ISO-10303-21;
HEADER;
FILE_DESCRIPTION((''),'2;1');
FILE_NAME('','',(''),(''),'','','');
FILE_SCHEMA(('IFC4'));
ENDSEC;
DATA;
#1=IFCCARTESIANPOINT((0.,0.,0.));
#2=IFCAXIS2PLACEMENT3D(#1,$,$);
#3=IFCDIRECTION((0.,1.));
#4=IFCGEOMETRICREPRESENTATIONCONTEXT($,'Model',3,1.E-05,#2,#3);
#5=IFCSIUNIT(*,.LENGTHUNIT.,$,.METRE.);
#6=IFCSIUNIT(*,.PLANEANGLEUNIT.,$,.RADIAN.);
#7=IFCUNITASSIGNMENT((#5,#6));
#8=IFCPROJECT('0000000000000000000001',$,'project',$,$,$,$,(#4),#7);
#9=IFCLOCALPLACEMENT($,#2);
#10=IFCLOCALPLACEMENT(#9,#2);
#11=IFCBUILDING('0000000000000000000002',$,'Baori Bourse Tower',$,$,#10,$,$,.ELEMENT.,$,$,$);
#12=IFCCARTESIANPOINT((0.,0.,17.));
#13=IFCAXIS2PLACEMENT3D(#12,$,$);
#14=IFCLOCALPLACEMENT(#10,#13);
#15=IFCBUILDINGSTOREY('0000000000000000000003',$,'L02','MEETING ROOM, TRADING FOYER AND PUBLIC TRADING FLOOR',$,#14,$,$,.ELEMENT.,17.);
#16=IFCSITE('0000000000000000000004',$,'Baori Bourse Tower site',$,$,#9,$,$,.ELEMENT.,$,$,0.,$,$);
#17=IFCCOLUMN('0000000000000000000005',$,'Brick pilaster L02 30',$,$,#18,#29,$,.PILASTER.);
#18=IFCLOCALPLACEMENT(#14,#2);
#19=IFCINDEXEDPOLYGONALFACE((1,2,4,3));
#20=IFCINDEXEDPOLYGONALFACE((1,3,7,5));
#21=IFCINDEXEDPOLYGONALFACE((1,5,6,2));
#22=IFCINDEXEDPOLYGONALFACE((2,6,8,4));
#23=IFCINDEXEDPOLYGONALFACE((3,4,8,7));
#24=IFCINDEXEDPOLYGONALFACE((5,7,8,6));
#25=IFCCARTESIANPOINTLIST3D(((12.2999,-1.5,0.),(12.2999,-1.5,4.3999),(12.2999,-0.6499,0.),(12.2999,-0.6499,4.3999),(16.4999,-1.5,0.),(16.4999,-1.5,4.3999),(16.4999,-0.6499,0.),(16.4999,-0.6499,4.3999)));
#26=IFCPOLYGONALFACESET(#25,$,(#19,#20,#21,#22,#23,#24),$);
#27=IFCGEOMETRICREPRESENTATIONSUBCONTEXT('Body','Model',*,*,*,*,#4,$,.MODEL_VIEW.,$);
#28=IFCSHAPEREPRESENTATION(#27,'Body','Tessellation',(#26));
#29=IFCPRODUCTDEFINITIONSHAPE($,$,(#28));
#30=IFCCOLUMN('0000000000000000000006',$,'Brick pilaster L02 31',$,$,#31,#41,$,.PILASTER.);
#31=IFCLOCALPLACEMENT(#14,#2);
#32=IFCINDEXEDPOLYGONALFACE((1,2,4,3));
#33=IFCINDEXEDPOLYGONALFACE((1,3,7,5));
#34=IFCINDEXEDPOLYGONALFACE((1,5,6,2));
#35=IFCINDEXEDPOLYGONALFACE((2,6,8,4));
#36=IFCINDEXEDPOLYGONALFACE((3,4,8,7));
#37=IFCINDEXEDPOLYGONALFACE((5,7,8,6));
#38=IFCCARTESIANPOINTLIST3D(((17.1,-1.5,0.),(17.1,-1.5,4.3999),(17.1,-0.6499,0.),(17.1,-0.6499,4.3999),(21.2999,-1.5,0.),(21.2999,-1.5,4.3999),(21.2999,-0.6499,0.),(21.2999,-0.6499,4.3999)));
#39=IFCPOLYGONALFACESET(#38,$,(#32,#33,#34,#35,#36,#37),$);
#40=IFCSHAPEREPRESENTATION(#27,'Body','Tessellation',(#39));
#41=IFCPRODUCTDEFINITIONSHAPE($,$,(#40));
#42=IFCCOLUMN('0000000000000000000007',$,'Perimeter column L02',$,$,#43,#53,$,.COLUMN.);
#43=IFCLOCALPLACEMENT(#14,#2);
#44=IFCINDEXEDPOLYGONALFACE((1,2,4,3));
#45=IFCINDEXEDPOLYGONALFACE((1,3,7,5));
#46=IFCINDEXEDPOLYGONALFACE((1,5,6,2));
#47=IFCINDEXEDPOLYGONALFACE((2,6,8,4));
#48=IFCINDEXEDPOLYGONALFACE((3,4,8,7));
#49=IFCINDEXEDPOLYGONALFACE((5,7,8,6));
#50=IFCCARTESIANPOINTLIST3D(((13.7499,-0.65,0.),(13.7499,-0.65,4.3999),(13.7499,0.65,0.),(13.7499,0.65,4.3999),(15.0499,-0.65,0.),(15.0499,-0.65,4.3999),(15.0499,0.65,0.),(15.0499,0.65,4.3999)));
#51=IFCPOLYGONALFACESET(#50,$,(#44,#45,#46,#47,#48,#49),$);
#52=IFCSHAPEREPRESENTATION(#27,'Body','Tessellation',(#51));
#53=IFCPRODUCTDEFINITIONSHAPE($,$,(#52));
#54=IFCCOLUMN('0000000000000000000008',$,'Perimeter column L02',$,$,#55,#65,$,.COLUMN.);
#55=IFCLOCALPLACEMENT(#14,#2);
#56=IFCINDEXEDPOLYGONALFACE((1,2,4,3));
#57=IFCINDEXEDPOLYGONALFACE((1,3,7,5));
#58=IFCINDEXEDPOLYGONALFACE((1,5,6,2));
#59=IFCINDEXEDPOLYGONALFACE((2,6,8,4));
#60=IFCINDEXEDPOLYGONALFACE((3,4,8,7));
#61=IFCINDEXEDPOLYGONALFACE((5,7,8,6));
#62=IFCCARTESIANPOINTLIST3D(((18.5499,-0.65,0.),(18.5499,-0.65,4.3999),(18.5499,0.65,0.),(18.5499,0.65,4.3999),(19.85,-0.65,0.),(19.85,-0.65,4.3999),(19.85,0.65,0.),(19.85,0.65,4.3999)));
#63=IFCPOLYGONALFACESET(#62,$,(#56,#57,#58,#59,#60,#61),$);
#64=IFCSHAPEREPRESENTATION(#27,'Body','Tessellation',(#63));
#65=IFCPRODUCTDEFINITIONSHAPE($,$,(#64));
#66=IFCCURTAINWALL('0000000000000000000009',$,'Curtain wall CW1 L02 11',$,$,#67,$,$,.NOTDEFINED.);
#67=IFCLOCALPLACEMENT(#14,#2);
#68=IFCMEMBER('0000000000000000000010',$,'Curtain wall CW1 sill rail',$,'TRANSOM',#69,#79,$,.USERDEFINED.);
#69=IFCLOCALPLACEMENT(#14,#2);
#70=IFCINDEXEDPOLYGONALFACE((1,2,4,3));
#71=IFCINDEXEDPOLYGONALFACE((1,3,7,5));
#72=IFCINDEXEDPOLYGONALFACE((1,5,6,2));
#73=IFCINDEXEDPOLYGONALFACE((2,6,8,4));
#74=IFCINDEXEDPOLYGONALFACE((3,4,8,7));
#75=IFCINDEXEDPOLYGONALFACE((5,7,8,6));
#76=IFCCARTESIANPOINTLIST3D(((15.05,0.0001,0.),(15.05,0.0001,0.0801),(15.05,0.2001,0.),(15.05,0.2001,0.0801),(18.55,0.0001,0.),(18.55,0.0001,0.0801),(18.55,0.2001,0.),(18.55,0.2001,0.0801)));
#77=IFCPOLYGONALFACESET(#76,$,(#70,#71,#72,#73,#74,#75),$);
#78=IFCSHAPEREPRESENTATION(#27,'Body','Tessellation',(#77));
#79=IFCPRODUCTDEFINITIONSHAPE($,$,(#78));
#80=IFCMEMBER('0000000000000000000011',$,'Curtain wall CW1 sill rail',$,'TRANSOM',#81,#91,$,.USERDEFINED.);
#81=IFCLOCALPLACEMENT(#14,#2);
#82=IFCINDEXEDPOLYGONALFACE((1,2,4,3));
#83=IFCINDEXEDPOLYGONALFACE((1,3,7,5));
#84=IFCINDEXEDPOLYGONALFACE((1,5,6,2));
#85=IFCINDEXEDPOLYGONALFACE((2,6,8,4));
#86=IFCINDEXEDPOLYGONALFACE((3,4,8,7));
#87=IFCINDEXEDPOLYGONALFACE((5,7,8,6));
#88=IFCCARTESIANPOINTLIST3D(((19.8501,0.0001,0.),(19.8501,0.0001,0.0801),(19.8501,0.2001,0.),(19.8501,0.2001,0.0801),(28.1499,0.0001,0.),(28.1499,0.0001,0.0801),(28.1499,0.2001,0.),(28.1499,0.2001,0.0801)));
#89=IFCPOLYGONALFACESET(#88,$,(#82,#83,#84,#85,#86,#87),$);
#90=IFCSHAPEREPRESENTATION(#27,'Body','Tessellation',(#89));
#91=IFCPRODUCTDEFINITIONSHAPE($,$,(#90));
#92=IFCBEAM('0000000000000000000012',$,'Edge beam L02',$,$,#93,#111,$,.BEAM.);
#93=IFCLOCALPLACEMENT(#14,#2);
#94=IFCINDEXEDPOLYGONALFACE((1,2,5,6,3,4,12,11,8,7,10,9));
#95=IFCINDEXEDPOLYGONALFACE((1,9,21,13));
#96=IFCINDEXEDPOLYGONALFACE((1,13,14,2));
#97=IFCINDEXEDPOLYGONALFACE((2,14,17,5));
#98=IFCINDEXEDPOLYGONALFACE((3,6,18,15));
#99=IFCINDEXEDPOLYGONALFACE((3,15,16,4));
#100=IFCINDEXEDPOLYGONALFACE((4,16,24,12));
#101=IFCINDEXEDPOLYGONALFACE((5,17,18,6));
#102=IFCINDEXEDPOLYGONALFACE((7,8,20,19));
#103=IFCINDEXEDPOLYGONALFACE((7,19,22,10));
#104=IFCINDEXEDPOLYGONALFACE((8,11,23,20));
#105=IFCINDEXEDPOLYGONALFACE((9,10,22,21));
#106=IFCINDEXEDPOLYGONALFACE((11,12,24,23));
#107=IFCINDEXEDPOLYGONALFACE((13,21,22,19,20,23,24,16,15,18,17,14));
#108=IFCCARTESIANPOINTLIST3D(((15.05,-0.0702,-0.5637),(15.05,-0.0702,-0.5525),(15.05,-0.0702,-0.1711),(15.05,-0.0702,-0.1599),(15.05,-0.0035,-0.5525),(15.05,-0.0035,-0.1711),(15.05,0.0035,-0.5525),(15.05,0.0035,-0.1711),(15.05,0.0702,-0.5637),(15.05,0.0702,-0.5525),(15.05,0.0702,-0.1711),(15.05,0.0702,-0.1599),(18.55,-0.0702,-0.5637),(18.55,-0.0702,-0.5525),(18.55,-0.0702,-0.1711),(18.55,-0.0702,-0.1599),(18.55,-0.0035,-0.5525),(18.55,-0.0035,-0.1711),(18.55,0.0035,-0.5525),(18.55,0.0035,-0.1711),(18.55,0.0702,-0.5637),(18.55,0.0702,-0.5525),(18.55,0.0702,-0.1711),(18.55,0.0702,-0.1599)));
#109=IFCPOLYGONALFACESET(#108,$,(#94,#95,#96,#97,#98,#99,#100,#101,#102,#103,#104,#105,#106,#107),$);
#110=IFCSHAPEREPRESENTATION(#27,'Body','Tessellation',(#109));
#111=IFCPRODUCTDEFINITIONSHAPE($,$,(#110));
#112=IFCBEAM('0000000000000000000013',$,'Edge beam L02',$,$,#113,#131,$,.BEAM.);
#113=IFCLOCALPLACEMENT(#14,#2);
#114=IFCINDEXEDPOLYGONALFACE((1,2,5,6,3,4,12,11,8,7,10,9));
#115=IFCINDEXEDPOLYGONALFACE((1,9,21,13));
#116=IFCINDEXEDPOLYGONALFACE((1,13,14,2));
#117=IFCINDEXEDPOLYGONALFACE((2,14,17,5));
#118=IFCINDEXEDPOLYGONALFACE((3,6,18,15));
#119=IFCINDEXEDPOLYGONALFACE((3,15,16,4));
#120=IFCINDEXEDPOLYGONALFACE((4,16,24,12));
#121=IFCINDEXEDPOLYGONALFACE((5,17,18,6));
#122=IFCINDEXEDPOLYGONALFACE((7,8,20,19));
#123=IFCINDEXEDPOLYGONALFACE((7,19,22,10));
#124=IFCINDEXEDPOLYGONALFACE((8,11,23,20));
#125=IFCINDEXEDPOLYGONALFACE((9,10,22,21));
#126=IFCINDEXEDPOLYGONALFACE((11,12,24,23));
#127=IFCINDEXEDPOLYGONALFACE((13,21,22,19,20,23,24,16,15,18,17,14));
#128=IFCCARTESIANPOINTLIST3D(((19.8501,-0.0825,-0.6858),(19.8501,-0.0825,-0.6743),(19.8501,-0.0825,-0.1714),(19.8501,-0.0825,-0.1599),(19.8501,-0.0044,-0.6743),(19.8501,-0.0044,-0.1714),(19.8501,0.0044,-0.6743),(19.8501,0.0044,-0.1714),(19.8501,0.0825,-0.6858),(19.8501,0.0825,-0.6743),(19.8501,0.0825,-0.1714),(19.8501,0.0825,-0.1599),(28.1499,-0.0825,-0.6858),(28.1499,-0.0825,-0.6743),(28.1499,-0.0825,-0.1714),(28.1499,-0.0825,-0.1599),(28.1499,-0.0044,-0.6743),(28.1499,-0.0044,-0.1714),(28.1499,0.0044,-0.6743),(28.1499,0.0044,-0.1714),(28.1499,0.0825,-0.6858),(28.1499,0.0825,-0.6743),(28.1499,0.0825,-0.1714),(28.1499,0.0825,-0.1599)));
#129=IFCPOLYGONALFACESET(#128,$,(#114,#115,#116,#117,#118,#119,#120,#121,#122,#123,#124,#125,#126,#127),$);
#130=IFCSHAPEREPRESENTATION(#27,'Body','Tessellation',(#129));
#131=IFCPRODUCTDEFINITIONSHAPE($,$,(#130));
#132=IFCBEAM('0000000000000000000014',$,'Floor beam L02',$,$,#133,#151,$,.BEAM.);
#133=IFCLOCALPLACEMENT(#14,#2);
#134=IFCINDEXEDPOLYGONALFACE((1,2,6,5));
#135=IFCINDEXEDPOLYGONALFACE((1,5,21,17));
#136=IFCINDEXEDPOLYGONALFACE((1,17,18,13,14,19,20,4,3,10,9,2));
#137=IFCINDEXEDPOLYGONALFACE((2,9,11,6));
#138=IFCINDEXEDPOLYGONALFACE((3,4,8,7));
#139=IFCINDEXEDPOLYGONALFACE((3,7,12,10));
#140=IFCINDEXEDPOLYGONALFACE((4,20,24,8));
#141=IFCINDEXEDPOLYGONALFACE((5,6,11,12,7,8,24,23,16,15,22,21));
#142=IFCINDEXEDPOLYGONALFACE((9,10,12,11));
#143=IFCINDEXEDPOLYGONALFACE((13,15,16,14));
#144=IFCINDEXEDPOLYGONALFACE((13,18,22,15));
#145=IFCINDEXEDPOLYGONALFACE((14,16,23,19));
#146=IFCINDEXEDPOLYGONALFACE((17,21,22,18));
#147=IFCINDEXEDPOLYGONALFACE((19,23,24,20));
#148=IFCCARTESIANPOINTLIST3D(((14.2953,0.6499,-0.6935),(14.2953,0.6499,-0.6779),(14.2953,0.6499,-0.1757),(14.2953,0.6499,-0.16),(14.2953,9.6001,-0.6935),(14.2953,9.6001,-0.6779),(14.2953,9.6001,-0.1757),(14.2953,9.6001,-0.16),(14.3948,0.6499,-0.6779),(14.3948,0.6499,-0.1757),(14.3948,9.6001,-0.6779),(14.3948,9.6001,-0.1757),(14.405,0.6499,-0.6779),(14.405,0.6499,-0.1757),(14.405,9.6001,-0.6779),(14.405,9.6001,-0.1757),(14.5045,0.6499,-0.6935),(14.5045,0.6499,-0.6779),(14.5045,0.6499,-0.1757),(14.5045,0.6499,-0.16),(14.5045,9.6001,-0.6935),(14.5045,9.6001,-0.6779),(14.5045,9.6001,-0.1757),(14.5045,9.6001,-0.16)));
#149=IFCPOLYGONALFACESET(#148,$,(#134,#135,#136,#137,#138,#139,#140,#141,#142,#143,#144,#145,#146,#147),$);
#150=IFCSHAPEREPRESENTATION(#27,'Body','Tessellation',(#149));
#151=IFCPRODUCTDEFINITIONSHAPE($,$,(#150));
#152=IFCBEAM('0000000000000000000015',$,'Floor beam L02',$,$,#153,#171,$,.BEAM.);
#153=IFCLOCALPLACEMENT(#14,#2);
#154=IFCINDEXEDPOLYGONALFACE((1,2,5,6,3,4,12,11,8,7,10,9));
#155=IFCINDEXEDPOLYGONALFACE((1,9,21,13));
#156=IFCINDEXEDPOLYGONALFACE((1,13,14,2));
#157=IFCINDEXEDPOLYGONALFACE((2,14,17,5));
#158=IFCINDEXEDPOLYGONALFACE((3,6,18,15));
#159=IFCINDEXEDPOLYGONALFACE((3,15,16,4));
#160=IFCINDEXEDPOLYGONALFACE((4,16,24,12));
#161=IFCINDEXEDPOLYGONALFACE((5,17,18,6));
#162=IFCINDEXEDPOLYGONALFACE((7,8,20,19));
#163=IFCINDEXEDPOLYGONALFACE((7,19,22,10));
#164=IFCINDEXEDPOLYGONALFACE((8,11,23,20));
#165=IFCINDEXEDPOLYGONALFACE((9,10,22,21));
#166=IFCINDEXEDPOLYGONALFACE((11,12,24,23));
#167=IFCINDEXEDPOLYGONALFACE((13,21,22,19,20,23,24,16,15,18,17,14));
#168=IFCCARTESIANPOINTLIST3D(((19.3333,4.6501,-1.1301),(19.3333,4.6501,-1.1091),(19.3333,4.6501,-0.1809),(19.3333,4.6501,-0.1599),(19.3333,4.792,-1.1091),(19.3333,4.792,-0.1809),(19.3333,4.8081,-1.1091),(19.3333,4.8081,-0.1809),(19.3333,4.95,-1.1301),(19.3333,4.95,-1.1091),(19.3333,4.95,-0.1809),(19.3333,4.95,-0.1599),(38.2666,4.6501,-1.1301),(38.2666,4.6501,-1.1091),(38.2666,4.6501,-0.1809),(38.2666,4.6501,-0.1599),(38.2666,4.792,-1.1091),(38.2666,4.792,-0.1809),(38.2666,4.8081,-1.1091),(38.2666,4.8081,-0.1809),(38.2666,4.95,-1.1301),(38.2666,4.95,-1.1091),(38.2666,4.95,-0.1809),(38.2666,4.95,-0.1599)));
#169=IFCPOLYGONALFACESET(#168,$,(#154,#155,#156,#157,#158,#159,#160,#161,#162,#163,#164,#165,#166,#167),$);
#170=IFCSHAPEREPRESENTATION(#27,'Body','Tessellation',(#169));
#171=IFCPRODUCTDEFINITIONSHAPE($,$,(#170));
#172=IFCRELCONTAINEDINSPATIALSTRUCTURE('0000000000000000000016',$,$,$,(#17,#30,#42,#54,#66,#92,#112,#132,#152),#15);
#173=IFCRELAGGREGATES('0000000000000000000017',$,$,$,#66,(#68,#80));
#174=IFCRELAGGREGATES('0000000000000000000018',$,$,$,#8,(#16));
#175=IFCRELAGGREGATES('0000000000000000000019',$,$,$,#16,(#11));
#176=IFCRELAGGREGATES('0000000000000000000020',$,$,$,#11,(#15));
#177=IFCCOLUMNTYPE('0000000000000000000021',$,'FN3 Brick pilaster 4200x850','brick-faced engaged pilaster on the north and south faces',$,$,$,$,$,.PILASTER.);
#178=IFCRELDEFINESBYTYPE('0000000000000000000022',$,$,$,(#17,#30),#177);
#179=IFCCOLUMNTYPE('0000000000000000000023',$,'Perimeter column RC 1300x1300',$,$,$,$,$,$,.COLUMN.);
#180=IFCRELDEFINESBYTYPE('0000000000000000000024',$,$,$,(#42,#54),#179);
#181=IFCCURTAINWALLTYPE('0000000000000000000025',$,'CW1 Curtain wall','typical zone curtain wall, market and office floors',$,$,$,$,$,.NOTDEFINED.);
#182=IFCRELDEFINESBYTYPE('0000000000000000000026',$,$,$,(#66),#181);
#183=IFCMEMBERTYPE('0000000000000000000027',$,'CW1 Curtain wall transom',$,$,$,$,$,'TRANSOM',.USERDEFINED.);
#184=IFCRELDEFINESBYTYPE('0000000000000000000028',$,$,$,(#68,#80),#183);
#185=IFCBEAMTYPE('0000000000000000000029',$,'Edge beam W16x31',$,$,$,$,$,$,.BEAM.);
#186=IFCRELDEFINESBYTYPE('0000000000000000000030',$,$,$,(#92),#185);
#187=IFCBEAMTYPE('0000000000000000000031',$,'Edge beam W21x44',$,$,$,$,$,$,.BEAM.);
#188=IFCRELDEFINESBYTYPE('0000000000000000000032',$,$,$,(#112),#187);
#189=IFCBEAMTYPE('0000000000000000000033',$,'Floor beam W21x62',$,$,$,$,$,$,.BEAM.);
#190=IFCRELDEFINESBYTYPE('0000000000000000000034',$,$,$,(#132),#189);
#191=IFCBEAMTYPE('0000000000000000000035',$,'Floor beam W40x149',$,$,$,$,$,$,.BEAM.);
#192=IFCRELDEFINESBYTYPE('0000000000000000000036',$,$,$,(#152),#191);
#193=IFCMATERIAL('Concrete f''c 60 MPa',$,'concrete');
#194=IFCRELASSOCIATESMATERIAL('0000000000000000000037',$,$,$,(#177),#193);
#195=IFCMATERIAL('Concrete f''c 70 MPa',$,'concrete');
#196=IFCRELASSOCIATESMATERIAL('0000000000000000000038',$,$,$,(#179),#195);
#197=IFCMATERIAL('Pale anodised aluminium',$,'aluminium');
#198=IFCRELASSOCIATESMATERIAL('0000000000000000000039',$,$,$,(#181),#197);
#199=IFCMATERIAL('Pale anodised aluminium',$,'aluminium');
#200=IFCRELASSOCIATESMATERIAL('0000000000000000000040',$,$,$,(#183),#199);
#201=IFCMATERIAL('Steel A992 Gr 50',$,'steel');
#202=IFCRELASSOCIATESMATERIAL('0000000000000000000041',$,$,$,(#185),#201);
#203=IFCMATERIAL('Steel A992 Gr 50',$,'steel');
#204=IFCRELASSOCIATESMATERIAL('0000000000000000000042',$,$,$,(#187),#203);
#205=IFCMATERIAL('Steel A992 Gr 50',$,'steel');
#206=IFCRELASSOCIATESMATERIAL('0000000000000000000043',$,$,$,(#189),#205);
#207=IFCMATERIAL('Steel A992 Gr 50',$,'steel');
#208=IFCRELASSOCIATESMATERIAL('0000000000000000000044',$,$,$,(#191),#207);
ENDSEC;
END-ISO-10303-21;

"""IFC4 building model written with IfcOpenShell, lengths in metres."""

from ifc_helpers import new_model, si_unit, direction, frame, origin, origin_2d, place, context, subcontext, project, spatial, rectangle, i_section, extrude, material, material_profile, profile_set, type_object, element, aggregate, save


model = new_model("IFC4")

# Units and contexts
model_context = context("Model", 3, precision=1e-05, world=origin(), true_north=direction((0.0, 1.0)))
body_context = subcontext(model_context, "Body", "Model", "MODEL_VIEW")
ifc_project = project(units=[si_unit("LENGTHUNIT", "METRE"), si_unit("PLANEANGLEUNIT", "RADIAN")], contexts=[model_context])

# Site, building, storey
site_placement = place(None, origin())
site = spatial("IfcSite", under=ifc_project, at=site_placement, Name="Baori Bourse Tower site", CompositionType="ELEMENT", RefElevation=0.0)
building_placement = place(site_placement, origin())
building = spatial("IfcBuilding", under=site, at=building_placement, Name="Baori Bourse Tower", CompositionType="ELEMENT")
storey_placement = place(building_placement, frame((0.0, 0.0, 17.0)))
storey = spatial("IfcBuildingStorey", under=building, at=storey_placement, Name="L02", Description="MEETING ROOM, TRADING FOYER AND PUBLIC TRADING FLOOR", CompositionType="ELEMENT", Elevation=17.0)

# Columns
ifc_material_1 = material(Name="Concrete f'c 60 MPa", Category="concrete")
ifc_material_profile_1 = material_profile(ifc_material_1, rectangle(XDim=4.2, YDim=0.8501, at=origin_2d()), Name="RC 4200x850")
ifc_profile_set_1 = profile_set([ifc_material_profile_1], Name="Concrete f'c 60 MPa")
column_type_1 = type_object("IfcColumnType", Name="FN3 Brick pilaster 4200x850", Description="brick-faced engaged pilaster on the north and south faces", PredefinedType="PILASTER", material=ifc_profile_set_1)
for number, where, z_axis, x_axis, name in (
    (1, (14.3999, -1.075, 0.0), (0.0, 0.0, 1.0), (1.0, 0.0, 0.0), "Brick pilaster L02 30"),
    (2, (19.2, -1.075, 0.0), (0.0, 0.0, 1.0), (1.0, 0.0, 0.0), "Brick pilaster L02 31"),
):
    element("IfcColumn", number, at=place(storey_placement, frame(where, z_axis=z_axis, x_axis=x_axis)), inside=storey, type_object=column_type_1, Name=name, PredefinedType="PILASTER", context=body_context, shape_type="SweptSolid", body=[
        extrude(rectangle(XDim=4.2, YDim=0.8501, at=origin_2d()), origin(), (0.0, 0.0, 1.0), 4.3999),
    ])
ifc_material_2 = material(Name="Concrete f'c 70 MPa", Category="concrete")
ifc_material_profile_2 = material_profile(ifc_material_2, rectangle(XDim=1.3, YDim=1.3, at=origin_2d()), Name="RC 1300x1300")
ifc_profile_set_2 = profile_set([ifc_material_profile_2], Name="Concrete f'c 70 MPa")
column_type_2 = type_object("IfcColumnType", Name="Perimeter column RC 1300x1300", PredefinedType="COLUMN", material=ifc_profile_set_2)
for number, where, z_axis, x_axis, name in (
    (3, (14.3999, 0.0, 0.0), (0.0, 0.0, 1.0), (1.0, 0.0, 0.0), "Perimeter column L02"),
    (4, (19.2, 0.0, 0.0), (0.0, 0.0, 1.0), (1.0, 0.0, 0.0), "Perimeter column L02"),
):
    element("IfcColumn", number, at=place(storey_placement, frame(where, z_axis=z_axis, x_axis=x_axis)), inside=storey, type_object=column_type_2, Name=name, PredefinedType="COLUMN", context=body_context, shape_type="SweptSolid", body=[
        extrude(rectangle(XDim=1.3, YDim=1.3, at=origin_2d()), origin(), (0.0, 0.0, 1.0), 4.3999),
    ])

# Curtain wall, members
ifc_material_3 = material(Name="Pale anodised aluminium", Category="aluminium")
curtain_wall_type = type_object("IfcCurtainWallType", Name="CW1 Curtain wall", Description="typical zone curtain wall, market and office floors", PredefinedType="NOTDEFINED", material=ifc_material_3)
curtain_wall_placement = place(storey_placement, origin())
curtain_wall = element("IfcCurtainWall", 5, at=curtain_wall_placement, inside=storey, type_object=curtain_wall_type, Name="Curtain wall CW1 L02 11", PredefinedType="NOTDEFINED")
ifc_material_4 = material(Name="Pale anodised aluminium", Category="aluminium")
ifc_material_profile_3 = material_profile(ifc_material_4, rectangle(XDim=0.2, YDim=0.0801, at=origin_2d()), Name="Transom 80x200")
ifc_profile_set_3 = profile_set([ifc_material_profile_3], Name="Pale anodised aluminium")
member_type = type_object("IfcMemberType", Name="CW1 Curtain wall transom", ElementType="TRANSOM", PredefinedType="USERDEFINED", material=ifc_profile_set_3)
member_1_placement = place(storey_placement, frame((15.05, 0.1001, 0.04), z_axis=(1.0, 0.0, 0.0), x_axis=(0.0, 1.0, 0.0)))
member_1 = element("IfcMember", 6, at=member_1_placement, type_object=member_type, Name="Curtain wall CW1 sill rail", ObjectType="TRANSOM", PredefinedType="USERDEFINED", context=body_context, shape_type="SweptSolid", body=[
    extrude(rectangle(XDim=0.2, YDim=0.0801, at=origin_2d()), origin(), (0.0, 0.0, 1.0), 3.5),
])
member_2_placement = place(storey_placement, frame((19.8501, 0.1001, 0.04), z_axis=(1.0, 0.0, 0.0), x_axis=(0.0, 1.0, 0.0)))
member_2 = element("IfcMember", 7, at=member_2_placement, type_object=member_type, Name="Curtain wall CW1 sill rail", ObjectType="TRANSOM", PredefinedType="USERDEFINED", context=body_context, shape_type="SweptSolid", body=[
    extrude(rectangle(XDim=0.2, YDim=0.0801, at=origin_2d()), origin(), (0.0, 0.0, 1.0), 8.2998),
])

# Beams
ifc_material_5 = material(Name="Steel A992 Gr 50", Category="steel")
ifc_material_profile_4 = material_profile(ifc_material_5, i_section(OverallWidth=0.1404, OverallDepth=0.4038, WebThickness=0.0071, FlangeThickness=0.0112, at=origin_2d()), Name="W16x31")
ifc_profile_set_4 = profile_set([ifc_material_profile_4], Name="Steel A992 Gr 50")
beam_type_1 = type_object("IfcBeamType", Name="Edge beam W16x31", PredefinedType="BEAM", material=ifc_profile_set_4)
beam_1_placement = place(storey_placement, frame((15.05, 0.0, -0.3618), z_axis=(1.0, 0.0, 0.0), x_axis=(0.0, 1.0, 0.0)))
element("IfcBeam", 8, at=beam_1_placement, inside=storey, type_object=beam_type_1, Name="Edge beam L02", PredefinedType="BEAM", context=body_context, shape_type="SweptSolid", body=[
    extrude(i_section(OverallWidth=0.1404, OverallDepth=0.4038, WebThickness=0.0071, FlangeThickness=0.0112, at=origin_2d()), origin(), (0.0, 0.0, 1.0), 3.5),
])
ifc_material_6 = material(Name="Steel A992 Gr 50", Category="steel")
ifc_material_profile_5 = material_profile(ifc_material_6, i_section(OverallWidth=0.165, OverallDepth=0.5259, WebThickness=0.0088, FlangeThickness=0.0115, at=origin_2d()), Name="W21x44")
ifc_profile_set_5 = profile_set([ifc_material_profile_5], Name="Steel A992 Gr 50")
beam_type_2 = type_object("IfcBeamType", Name="Edge beam W21x44", PredefinedType="BEAM", material=ifc_profile_set_5)
beam_2_placement = place(storey_placement, frame((19.8501, 0.0, -0.4229), z_axis=(1.0, 0.0, 0.0), x_axis=(0.0, 1.0, 0.0)))
element("IfcBeam", 9, at=beam_2_placement, inside=storey, type_object=beam_type_2, Name="Edge beam L02", PredefinedType="BEAM", context=body_context, shape_type="SweptSolid", body=[
    extrude(i_section(OverallWidth=0.165, OverallDepth=0.5259, WebThickness=0.0088, FlangeThickness=0.0115, at=origin_2d()), origin(), (0.0, 0.0, 1.0), 8.2998),
])
ifc_material_7 = material(Name="Steel A992 Gr 50", Category="steel")
ifc_material_profile_6 = material_profile(ifc_material_7, i_section(OverallWidth=0.2092, OverallDepth=0.5334, WebThickness=0.0103, FlangeThickness=0.0156, at=origin_2d()), Name="W21x62")
ifc_profile_set_6 = profile_set([ifc_material_profile_6], Name="Steel A992 Gr 50")
beam_type_3 = type_object("IfcBeamType", Name="Floor beam W21x62", PredefinedType="BEAM", material=ifc_profile_set_6)
beam_3_placement = place(storey_placement, frame((14.3999, 0.6499, -0.4268), z_axis=(0.0, 1.0, 0.0), x_axis=(-1.0, 0.0, 0.0)))
element("IfcBeam", 10, at=beam_3_placement, inside=storey, type_object=beam_type_3, Name="Floor beam L02", PredefinedType="BEAM", context=body_context, shape_type="SweptSolid", body=[
    extrude(i_section(OverallWidth=0.2092, OverallDepth=0.5334, WebThickness=0.0103, FlangeThickness=0.0156, at=origin_2d()), origin(), (0.0, 0.0, 1.0), 8.9502),
])
ifc_material_8 = material(Name="Steel A992 Gr 50", Category="steel")
ifc_material_profile_7 = material_profile(ifc_material_8, i_section(OverallWidth=0.2998, OverallDepth=0.9702, WebThickness=0.0161, FlangeThickness=0.021, at=origin_2d()), Name="W40x149")
ifc_profile_set_7 = profile_set([ifc_material_profile_7], Name="Steel A992 Gr 50")
beam_type_4 = type_object("IfcBeamType", Name="Floor beam W40x149", PredefinedType="BEAM", material=ifc_profile_set_7)
beam_4_placement = place(storey_placement, frame((19.3333, 4.8, -0.645), z_axis=(1.0, 0.0, 0.0), x_axis=(0.0, 1.0, 0.0)))
element("IfcBeam", 11, at=beam_4_placement, inside=storey, type_object=beam_type_4, Name="Floor beam L02", PredefinedType="BEAM", context=body_context, shape_type="SweptSolid", body=[
    extrude(i_section(OverallWidth=0.2998, OverallDepth=0.9702, WebThickness=0.0161, FlangeThickness=0.021, at=origin_2d()), origin(), (0.0, 0.0, 1.0), 18.9333),
])

aggregate(curtain_wall, [member_1, member_2])

save(model, "model.ifc")
